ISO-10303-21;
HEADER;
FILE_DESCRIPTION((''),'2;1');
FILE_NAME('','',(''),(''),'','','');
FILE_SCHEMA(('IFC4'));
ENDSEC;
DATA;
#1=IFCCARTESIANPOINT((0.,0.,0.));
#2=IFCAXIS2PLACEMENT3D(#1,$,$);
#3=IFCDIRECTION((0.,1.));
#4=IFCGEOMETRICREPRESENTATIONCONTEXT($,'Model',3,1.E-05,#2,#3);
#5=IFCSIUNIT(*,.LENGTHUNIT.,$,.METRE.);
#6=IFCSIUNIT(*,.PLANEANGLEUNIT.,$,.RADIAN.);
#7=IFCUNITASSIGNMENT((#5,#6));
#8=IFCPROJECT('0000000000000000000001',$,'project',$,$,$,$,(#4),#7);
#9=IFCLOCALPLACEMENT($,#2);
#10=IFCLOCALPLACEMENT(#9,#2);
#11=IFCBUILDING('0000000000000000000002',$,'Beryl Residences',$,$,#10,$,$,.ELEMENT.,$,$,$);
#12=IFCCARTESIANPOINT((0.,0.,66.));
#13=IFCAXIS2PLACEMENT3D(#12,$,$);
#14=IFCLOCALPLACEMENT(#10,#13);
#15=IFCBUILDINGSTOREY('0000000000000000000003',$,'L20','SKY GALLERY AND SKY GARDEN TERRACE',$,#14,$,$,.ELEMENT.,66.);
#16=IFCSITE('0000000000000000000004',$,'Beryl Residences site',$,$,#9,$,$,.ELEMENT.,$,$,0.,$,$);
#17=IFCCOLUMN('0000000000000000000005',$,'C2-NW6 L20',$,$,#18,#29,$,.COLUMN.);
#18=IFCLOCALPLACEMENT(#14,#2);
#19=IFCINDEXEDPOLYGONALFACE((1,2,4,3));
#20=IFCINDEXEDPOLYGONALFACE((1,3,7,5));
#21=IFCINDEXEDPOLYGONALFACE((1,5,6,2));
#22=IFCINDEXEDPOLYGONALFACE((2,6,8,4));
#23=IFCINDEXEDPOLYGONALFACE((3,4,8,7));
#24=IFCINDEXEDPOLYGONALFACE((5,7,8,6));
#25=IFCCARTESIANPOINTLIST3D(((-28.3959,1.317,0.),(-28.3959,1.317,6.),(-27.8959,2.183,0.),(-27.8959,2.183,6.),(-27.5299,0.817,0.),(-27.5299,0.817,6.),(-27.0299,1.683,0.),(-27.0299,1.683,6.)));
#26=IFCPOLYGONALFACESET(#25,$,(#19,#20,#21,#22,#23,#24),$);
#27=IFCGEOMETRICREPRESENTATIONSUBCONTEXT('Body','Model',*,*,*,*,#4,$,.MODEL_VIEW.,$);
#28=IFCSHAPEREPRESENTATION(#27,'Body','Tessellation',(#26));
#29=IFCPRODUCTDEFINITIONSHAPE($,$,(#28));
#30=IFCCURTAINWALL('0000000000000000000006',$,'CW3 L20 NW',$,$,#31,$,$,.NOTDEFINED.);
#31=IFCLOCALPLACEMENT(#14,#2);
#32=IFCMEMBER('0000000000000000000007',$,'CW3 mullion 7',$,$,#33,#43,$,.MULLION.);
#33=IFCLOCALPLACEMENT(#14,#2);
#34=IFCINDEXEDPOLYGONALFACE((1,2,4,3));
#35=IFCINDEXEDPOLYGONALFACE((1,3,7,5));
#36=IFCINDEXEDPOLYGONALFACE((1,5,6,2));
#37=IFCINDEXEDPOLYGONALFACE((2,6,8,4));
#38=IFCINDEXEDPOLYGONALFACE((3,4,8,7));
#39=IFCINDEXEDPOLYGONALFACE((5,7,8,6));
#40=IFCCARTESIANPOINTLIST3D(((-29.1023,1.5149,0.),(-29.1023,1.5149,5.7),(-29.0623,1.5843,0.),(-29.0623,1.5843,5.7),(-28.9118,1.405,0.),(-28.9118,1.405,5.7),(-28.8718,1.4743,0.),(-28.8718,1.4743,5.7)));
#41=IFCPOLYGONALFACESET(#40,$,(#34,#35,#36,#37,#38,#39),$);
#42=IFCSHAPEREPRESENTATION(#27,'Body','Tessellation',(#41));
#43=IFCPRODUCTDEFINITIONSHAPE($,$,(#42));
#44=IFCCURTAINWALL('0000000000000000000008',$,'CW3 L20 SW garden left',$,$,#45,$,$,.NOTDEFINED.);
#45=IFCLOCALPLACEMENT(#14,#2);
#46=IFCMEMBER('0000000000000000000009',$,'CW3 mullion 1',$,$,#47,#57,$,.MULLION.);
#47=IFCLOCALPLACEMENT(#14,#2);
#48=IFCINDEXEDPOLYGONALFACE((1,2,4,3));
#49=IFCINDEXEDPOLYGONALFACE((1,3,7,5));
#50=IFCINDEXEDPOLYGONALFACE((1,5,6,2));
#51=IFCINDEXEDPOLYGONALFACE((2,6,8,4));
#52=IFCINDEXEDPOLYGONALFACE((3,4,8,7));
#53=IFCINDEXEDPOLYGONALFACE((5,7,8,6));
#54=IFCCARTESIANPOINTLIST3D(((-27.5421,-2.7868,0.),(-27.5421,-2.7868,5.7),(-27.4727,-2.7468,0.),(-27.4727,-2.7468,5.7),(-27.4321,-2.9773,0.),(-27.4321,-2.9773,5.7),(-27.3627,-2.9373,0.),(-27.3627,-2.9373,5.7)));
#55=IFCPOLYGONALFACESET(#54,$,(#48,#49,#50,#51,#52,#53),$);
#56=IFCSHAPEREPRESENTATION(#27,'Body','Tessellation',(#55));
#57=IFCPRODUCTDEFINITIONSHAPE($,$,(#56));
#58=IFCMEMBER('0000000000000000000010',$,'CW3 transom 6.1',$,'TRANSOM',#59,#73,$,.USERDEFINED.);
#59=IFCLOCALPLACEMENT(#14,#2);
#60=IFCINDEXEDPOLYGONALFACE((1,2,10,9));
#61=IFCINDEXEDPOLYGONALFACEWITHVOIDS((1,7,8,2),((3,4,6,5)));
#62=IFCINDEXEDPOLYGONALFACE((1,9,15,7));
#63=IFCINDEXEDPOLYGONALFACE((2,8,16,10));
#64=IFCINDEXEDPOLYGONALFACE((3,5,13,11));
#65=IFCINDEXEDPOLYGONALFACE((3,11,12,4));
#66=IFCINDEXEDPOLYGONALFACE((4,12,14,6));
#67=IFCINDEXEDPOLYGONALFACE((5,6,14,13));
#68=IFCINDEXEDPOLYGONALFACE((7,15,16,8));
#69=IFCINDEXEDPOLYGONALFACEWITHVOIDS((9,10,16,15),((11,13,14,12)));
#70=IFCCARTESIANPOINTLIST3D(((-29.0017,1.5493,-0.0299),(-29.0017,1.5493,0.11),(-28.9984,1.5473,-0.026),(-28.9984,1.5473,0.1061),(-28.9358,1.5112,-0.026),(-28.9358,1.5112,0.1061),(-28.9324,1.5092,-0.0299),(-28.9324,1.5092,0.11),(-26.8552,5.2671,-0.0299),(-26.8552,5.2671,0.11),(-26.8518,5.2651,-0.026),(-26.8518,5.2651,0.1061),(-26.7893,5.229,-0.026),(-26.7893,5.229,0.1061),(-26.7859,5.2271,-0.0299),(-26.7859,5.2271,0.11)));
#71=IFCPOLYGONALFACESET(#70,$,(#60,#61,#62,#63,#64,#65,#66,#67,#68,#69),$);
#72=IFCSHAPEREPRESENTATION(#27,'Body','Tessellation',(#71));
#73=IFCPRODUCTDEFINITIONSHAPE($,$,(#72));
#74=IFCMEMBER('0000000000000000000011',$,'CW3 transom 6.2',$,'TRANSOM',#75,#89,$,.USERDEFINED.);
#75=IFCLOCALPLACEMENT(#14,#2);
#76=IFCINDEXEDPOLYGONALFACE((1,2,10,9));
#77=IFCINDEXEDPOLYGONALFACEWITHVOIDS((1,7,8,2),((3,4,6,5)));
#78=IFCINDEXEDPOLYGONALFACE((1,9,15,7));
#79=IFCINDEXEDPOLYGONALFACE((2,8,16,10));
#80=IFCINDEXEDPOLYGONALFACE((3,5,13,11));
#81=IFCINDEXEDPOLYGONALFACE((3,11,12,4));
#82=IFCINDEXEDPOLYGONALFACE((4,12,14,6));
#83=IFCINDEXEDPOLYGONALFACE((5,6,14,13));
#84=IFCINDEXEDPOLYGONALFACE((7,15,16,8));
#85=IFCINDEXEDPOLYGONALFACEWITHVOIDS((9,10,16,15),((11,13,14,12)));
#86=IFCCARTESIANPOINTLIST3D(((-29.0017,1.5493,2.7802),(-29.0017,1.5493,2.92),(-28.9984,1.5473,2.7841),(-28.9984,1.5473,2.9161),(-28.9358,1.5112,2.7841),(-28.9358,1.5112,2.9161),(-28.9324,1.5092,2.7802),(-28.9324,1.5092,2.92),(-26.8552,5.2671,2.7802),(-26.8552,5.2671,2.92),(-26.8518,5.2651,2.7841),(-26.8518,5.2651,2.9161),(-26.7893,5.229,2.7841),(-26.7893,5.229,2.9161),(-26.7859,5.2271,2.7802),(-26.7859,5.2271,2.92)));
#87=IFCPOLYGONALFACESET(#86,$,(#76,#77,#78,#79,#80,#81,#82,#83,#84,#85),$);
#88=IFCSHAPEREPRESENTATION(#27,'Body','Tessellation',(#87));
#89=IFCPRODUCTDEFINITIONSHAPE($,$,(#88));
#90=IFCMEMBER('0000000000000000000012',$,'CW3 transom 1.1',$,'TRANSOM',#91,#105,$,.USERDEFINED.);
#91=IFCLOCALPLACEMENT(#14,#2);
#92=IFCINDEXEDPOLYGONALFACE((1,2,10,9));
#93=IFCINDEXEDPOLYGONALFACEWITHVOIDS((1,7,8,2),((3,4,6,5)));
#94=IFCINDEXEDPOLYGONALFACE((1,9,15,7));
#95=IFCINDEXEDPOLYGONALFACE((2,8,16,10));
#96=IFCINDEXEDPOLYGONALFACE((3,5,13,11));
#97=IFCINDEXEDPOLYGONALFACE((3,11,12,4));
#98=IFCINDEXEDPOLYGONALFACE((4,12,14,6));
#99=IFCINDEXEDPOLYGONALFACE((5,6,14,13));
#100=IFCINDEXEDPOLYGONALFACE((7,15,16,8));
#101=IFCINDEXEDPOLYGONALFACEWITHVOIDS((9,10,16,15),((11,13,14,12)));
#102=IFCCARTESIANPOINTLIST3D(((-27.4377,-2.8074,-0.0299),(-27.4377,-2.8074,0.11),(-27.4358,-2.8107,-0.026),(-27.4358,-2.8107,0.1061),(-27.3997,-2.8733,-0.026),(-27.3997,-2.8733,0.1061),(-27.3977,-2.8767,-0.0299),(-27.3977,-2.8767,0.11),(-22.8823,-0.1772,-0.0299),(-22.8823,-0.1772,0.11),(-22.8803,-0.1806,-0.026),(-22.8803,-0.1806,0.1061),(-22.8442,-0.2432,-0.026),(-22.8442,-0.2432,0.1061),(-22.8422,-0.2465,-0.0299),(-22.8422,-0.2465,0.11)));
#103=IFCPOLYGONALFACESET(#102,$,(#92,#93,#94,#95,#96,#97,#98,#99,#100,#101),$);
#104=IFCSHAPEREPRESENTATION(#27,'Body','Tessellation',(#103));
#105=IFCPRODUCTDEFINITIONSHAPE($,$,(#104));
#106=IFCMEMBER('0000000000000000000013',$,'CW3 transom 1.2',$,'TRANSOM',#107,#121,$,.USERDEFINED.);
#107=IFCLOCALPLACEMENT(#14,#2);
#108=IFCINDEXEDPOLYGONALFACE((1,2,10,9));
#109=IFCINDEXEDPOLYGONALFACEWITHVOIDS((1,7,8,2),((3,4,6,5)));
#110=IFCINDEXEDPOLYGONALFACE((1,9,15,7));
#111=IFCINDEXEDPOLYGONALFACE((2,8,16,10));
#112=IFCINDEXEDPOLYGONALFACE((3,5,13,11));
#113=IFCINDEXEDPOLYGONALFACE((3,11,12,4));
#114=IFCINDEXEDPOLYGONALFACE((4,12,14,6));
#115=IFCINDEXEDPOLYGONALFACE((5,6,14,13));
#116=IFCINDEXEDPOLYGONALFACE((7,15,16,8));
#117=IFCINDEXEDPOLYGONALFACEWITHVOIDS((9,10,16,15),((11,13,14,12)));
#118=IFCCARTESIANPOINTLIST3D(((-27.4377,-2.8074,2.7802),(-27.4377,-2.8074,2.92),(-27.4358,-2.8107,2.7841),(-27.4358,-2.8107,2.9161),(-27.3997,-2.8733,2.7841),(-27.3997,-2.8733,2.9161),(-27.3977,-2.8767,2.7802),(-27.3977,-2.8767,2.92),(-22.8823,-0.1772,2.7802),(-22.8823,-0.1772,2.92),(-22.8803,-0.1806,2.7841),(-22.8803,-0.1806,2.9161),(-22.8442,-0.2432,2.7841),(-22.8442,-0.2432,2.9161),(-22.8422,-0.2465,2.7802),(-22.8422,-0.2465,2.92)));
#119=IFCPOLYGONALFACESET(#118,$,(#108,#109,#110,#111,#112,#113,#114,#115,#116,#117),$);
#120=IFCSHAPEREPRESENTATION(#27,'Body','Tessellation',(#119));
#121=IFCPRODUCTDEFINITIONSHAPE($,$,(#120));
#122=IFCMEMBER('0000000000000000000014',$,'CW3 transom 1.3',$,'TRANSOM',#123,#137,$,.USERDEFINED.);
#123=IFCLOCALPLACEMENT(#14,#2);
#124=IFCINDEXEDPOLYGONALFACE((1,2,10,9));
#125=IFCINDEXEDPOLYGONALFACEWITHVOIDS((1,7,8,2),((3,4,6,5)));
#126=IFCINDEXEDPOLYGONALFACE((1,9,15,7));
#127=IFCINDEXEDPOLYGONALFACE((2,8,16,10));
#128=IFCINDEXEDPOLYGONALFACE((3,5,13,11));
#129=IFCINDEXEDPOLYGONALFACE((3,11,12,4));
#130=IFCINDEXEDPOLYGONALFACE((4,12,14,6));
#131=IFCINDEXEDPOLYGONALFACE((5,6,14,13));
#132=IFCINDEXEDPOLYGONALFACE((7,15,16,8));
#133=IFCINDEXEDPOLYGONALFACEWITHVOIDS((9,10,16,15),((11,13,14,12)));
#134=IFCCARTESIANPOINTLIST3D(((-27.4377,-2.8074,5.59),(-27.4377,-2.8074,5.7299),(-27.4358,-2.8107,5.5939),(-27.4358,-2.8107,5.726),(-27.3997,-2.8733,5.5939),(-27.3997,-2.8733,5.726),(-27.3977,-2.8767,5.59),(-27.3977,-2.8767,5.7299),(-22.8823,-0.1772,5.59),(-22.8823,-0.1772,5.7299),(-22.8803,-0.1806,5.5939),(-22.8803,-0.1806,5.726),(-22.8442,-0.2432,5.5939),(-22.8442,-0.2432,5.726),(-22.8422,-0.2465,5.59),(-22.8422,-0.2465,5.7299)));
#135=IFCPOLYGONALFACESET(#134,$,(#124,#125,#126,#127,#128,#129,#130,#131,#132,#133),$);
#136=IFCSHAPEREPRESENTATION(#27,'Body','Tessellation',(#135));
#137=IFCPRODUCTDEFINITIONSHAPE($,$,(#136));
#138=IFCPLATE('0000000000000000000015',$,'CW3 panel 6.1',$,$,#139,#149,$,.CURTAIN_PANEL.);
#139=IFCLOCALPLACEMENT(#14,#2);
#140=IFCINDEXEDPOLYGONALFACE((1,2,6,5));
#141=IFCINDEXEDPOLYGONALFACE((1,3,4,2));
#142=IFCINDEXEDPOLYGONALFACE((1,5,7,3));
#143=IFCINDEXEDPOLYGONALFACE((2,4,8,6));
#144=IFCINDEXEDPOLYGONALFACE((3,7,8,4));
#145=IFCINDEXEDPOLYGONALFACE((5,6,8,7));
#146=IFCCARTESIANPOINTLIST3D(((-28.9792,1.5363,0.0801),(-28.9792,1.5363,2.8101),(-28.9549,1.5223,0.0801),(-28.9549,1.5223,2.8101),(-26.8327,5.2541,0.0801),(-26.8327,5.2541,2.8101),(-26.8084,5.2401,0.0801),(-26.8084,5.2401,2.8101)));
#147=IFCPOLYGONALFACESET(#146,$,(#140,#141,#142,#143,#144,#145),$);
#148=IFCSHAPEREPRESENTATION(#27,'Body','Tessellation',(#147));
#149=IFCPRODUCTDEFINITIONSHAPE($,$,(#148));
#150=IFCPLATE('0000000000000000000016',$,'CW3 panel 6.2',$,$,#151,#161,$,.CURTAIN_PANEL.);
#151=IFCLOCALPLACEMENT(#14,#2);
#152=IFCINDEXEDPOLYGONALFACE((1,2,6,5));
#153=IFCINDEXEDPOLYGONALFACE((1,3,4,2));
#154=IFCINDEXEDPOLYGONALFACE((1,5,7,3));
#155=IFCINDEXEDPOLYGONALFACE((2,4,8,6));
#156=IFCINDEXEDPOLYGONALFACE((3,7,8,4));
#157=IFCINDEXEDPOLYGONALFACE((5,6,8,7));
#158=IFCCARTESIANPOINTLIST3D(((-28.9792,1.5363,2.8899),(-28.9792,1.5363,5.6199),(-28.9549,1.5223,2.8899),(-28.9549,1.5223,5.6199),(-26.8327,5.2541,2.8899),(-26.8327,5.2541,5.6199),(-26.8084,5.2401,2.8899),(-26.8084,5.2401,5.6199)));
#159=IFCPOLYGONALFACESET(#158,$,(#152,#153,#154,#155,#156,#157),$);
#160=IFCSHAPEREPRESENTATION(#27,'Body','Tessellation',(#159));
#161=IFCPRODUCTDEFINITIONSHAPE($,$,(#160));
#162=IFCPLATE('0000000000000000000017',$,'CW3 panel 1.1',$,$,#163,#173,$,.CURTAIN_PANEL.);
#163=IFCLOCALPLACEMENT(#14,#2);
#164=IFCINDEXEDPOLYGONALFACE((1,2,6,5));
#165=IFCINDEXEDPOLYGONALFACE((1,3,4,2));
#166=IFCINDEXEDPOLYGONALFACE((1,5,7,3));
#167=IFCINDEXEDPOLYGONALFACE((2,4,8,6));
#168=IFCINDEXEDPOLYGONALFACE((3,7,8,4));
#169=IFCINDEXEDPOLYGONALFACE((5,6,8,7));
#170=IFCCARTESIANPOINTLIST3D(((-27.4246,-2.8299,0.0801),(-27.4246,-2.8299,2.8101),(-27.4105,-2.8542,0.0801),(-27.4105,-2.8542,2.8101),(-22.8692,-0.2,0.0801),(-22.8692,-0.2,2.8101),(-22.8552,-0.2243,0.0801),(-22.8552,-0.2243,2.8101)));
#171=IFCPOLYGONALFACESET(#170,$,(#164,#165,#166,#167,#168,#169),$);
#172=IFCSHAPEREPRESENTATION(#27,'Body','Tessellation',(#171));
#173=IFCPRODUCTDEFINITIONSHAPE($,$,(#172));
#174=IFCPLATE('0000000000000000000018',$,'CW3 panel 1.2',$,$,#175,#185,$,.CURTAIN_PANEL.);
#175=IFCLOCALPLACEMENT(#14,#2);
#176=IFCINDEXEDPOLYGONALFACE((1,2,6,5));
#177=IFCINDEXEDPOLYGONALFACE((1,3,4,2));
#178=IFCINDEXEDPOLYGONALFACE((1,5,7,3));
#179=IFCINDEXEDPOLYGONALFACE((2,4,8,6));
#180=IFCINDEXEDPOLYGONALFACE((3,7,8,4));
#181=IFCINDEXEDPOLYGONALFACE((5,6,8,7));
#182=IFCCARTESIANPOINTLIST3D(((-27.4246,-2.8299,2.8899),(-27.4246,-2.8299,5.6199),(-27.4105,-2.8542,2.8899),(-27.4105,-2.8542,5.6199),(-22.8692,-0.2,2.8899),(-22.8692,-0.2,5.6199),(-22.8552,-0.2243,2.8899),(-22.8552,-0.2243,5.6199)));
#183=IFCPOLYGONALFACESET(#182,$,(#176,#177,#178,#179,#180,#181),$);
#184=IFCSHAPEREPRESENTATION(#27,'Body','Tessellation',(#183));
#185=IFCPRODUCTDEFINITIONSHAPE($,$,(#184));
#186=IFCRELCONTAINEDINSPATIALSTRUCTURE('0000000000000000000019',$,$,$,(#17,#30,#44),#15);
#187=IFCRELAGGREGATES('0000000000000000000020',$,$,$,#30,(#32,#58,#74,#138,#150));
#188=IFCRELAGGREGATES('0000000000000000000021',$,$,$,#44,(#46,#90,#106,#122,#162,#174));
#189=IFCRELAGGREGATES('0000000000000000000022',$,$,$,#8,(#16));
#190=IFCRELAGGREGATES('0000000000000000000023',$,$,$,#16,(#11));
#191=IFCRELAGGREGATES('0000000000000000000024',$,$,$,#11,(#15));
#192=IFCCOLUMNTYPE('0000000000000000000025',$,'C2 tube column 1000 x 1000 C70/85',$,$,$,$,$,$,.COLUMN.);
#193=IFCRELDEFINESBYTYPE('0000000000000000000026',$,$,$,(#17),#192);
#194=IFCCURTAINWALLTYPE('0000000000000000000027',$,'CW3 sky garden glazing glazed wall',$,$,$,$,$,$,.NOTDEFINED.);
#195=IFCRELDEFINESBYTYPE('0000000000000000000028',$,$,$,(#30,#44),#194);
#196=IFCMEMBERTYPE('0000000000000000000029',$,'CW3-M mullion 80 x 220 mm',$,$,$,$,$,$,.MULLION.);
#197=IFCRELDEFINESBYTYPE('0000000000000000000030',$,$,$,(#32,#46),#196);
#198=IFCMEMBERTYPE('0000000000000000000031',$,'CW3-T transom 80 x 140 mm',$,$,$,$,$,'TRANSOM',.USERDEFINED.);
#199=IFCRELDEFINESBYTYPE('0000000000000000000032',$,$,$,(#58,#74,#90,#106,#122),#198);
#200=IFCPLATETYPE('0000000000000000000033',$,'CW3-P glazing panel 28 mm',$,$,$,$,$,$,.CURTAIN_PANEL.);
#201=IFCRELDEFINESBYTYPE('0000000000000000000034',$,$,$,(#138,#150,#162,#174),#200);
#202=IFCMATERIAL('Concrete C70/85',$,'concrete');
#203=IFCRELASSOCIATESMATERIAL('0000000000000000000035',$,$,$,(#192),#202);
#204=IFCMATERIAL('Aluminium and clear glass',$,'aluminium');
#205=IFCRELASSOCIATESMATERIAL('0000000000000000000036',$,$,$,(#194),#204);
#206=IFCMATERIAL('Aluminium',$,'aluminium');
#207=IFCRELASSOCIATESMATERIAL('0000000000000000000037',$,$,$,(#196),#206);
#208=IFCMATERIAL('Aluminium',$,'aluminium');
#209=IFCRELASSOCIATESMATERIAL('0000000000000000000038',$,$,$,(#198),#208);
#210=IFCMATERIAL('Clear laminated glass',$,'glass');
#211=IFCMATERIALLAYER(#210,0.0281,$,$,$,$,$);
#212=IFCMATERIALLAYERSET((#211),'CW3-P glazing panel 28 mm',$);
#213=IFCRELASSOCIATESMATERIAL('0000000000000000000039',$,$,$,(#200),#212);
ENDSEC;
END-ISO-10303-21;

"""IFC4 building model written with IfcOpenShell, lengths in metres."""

from ifc_helpers import new_model, si_unit, direction, frame, origin, origin_2d, place, context, subcontext, project, spatial, rectangle, hollow_rectangle, extrude, material, layer, layer_set, material_profile, profile_set, type_object, element, aggregate, save


model = new_model("IFC4")

# Units and contexts
model_context = context("Model", 3, precision=1e-05, world=origin(), true_north=direction((0.0, 1.0)))
body_context = subcontext(model_context, "Body", "Model", "MODEL_VIEW")
ifc_project = project(units=[si_unit("LENGTHUNIT", "METRE"), si_unit("PLANEANGLEUNIT", "RADIAN")], contexts=[model_context])

# Site, building, storey
site_placement = place(None, origin())
site = spatial("IfcSite", under=ifc_project, at=site_placement, Name="Beryl Residences site", CompositionType="ELEMENT", RefElevation=0.0)
building_placement = place(site_placement, origin())
building = spatial("IfcBuilding", under=site, at=building_placement, Name="Beryl Residences", CompositionType="ELEMENT")
storey_placement = place(building_placement, frame((0.0, 0.0, 66.0)))
storey = spatial("IfcBuildingStorey", under=building, at=storey_placement, Name="L20", Description="SKY GALLERY AND SKY GARDEN TERRACE", CompositionType="ELEMENT", Elevation=66.0)

# Column
ifc_material_1 = material(Name="Concrete C70/85", Category="concrete")
ifc_material_profile_1 = material_profile(ifc_material_1, rectangle(XDim=1.0, YDim=1.0, at=origin_2d()))
ifc_profile_set_1 = profile_set([ifc_material_profile_1], Name="Concrete C70/85")
column_type = type_object("IfcColumnType", Name="C2 tube column 1000 x 1000 C70/85", PredefinedType="COLUMN", material=ifc_profile_set_1)
column_placement = place(storey_placement, frame((-27.7129, 1.5, 0.0), z_axis=(0.0, 0.0, 1.0), x_axis=(-0.5, -0.866025, 0.0)))
element("IfcColumn", 1, at=column_placement, inside=storey, type_object=column_type, Name="C2-NW6 L20", PredefinedType="COLUMN", context=body_context, shape_type="SweptSolid", body=[
    extrude(rectangle(XDim=1.0, YDim=1.0, at=origin_2d()), origin(), (0.0, 0.0, 1.0), 6.0),
])

# Curtain walls, members
ifc_material_2 = material(Name="Aluminium and clear glass", Category="aluminium")
curtain_wall_type = type_object("IfcCurtainWallType", Name="CW3 sky garden glazing glazed wall", PredefinedType="NOTDEFINED", material=ifc_material_2)
curtain_wall_1_placement = place(storey_placement, origin())
curtain_wall_1 = element("IfcCurtainWall", 2, at=curtain_wall_1_placement, inside=storey, type_object=curtain_wall_type, Name="CW3 L20 NW", PredefinedType="NOTDEFINED")
ifc_material_3 = material(Name="Aluminium", Category="aluminium")
ifc_material_profile_2 = material_profile(ifc_material_3, rectangle(XDim=0.0801, YDim=0.22, at=origin_2d()))
ifc_profile_set_2 = profile_set([ifc_material_profile_2], Name="Aluminium")
member_type_1 = type_object("IfcMemberType", Name="CW3-M mullion 80 x 220 mm", PredefinedType="MULLION", material=ifc_profile_set_2)
member_1_placement = place(storey_placement, frame((-28.9871, 1.4946, 0.0), z_axis=(0.0, 0.0, 1.0), x_axis=(-0.50001, -0.86602, 0.0)))
member_1 = element("IfcMember", 3, at=member_1_placement, type_object=member_type_1, Name="CW3 mullion 7", PredefinedType="MULLION", context=body_context, shape_type="SweptSolid", body=[
    extrude(rectangle(XDim=0.0801, YDim=0.22, at=origin_2d()), origin(), (0.0, 0.0, 1.0), 5.7),
])
curtain_wall_2_placement = place(storey_placement, origin())
curtain_wall_2 = element("IfcCurtainWall", 4, at=curtain_wall_2_placement, inside=storey, type_object=curtain_wall_type, Name="CW3 L20 SW garden left", PredefinedType="NOTDEFINED")
member_2_placement = place(storey_placement, frame((-27.4524, -2.8621, 0.0), z_axis=(0.0, 0.0, 1.0), x_axis=(0.866032, 0.499989, 0.0)))
member_2 = element("IfcMember", 5, at=member_2_placement, type_object=member_type_1, Name="CW3 mullion 1", PredefinedType="MULLION", context=body_context, shape_type="SweptSolid", body=[
    extrude(rectangle(XDim=0.0801, YDim=0.22, at=origin_2d()), origin(), (0.0, 0.0, 1.0), 5.7),
])

# Members
ifc_material_4 = material(Name="Aluminium", Category="aluminium")
ifc_material_profile_3 = material_profile(ifc_material_4, hollow_rectangle(XDim=0.0801, YDim=0.1399, WallThickness=0.0039, at=origin_2d()))
ifc_profile_set_3 = profile_set([ifc_material_profile_3], Name="Aluminium")
member_type_2 = type_object("IfcMemberType", Name="CW3-T transom 80 x 140 mm", ElementType="TRANSOM", PredefinedType="USERDEFINED", material=ifc_profile_set_3)
member_3_placement = place(storey_placement, frame((-26.8206, 5.2471, 0.04), z_axis=(-0.500005, -0.866023, 0.0), x_axis=(0.866023, -0.500005, 0.0)))
member_3 = element("IfcMember", 6, at=member_3_placement, type_object=member_type_2, Name="CW3 transom 6.1", ObjectType="TRANSOM", PredefinedType="USERDEFINED", context=body_context, shape_type="SweptSolid", body=[
    extrude(hollow_rectangle(XDim=0.0801, YDim=0.1399, WallThickness=0.0039, at=origin_2d()), origin(), (0.0, 0.0, 1.0), 4.293),
])
member_4_placement = place(storey_placement, frame((-26.8206, 5.2471, 2.8501), z_axis=(-0.500005, -0.866023, 0.0), x_axis=(0.866023, -0.500005, 0.0)))
member_4 = element("IfcMember", 7, at=member_4_placement, type_object=member_type_2, Name="CW3 transom 6.2", ObjectType="TRANSOM", PredefinedType="USERDEFINED", context=body_context, shape_type="SweptSolid", body=[
    extrude(hollow_rectangle(XDim=0.0801, YDim=0.1399, WallThickness=0.0039, at=origin_2d()), origin(), (0.0, 0.0, 1.0), 4.293),
])
member_5_placement = place(storey_placement, frame((-27.4177, -2.842, 0.04), z_axis=(0.866021, 0.500008, 0.0), x_axis=(-0.500008, 0.866021, 0.0)))
member_5 = element("IfcMember", 8, at=member_5_placement, type_object=member_type_2, Name="CW3 transom 1.1", ObjectType="TRANSOM", PredefinedType="USERDEFINED", context=body_context, shape_type="SweptSolid", body=[
    extrude(hollow_rectangle(XDim=0.0801, YDim=0.1399, WallThickness=0.0039, at=origin_2d()), origin(), (0.0, 0.0, 1.0), 5.2603),
])
member_6_placement = place(storey_placement, frame((-27.4177, -2.842, 2.8501), z_axis=(0.866021, 0.500008, 0.0), x_axis=(-0.500008, 0.866021, 0.0)))
member_6 = element("IfcMember", 9, at=member_6_placement, type_object=member_type_2, Name="CW3 transom 1.2", ObjectType="TRANSOM", PredefinedType="USERDEFINED", context=body_context, shape_type="SweptSolid", body=[
    extrude(hollow_rectangle(XDim=0.0801, YDim=0.1399, WallThickness=0.0039, at=origin_2d()), origin(), (0.0, 0.0, 1.0), 5.2603),
])
member_7_placement = place(storey_placement, frame((-27.4177, -2.842, 5.6599), z_axis=(0.866021, 0.500008, 0.0), x_axis=(-0.500008, 0.866021, 0.0)))
member_7 = element("IfcMember", 10, at=member_7_placement, type_object=member_type_2, Name="CW3 transom 1.3", ObjectType="TRANSOM", PredefinedType="USERDEFINED", context=body_context, shape_type="SweptSolid", body=[
    extrude(hollow_rectangle(XDim=0.0801, YDim=0.1399, WallThickness=0.0039, at=origin_2d()), origin(), (0.0, 0.0, 1.0), 5.2603),
])

# Plates
ifc_material_5 = material(Name="Clear laminated glass", Category="glass")
ifc_layer_1 = layer(ifc_material_5, 0.0281)
ifc_layer_set_1 = layer_set([ifc_layer_1], Name="CW3-P glazing panel 28 mm")
plate_type = type_object("IfcPlateType", Name="CW3-P glazing panel 28 mm", PredefinedType="CURTAIN_PANEL", material=ifc_layer_set_1)
plate_1_placement = place(storey_placement, frame((-27.8938, 3.3882, 0.0801), z_axis=(0.0, 0.0, 1.0), x_axis=(-0.50001, -0.86602, 0.0)))
plate_1 = element("IfcPlate", 11, at=plate_1_placement, type_object=plate_type, Name="CW3 panel 6.1", PredefinedType="CURTAIN_PANEL", context=body_context, shape_type="SweptSolid", body=[
    extrude(rectangle(XDim=4.293, YDim=0.0281, at=origin_2d()), origin(), (0.0, 0.0, 1.0), 2.73),
])
plate_2_placement = place(storey_placement, frame((-27.8938, 3.3882, 2.8899), z_axis=(0.0, 0.0, 1.0), x_axis=(-0.50001, -0.86602, 0.0)))
plate_2 = element("IfcPlate", 12, at=plate_2_placement, type_object=plate_type, Name="CW3 panel 6.2", PredefinedType="CURTAIN_PANEL", context=body_context, shape_type="SweptSolid", body=[
    extrude(rectangle(XDim=4.293, YDim=0.0281, at=origin_2d()), origin(), (0.0, 0.0, 1.0), 2.73),
])
aggregate(curtain_wall_1, [member_1, member_3, member_4, plate_1, plate_2])
plate_3_placement = place(storey_placement, frame((-25.1399, -1.5271, 0.0801), z_axis=(0.0, 0.0, 1.0), x_axis=(0.866032, 0.499989, 0.0)))
plate_3 = element("IfcPlate", 13, at=plate_3_placement, type_object=plate_type, Name="CW3 panel 1.1", PredefinedType="CURTAIN_PANEL", context=body_context, shape_type="SweptSolid", body=[
    extrude(rectangle(XDim=5.26, YDim=0.0281, at=origin_2d()), origin(), (0.0, 0.0, 1.0), 2.73),
])
plate_4_placement = place(storey_placement, frame((-25.1399, -1.5271, 2.8899), z_axis=(0.0, 0.0, 1.0), x_axis=(0.866032, 0.499989, 0.0)))
plate_4 = element("IfcPlate", 14, at=plate_4_placement, type_object=plate_type, Name="CW3 panel 1.2", PredefinedType="CURTAIN_PANEL", context=body_context, shape_type="SweptSolid", body=[
    extrude(rectangle(XDim=5.26, YDim=0.0281, at=origin_2d()), origin(), (0.0, 0.0, 1.0), 2.73),
])
aggregate(curtain_wall_2, [member_2, member_5, member_6, member_7, plate_3, plate_4])

save(model, "model.ifc")
